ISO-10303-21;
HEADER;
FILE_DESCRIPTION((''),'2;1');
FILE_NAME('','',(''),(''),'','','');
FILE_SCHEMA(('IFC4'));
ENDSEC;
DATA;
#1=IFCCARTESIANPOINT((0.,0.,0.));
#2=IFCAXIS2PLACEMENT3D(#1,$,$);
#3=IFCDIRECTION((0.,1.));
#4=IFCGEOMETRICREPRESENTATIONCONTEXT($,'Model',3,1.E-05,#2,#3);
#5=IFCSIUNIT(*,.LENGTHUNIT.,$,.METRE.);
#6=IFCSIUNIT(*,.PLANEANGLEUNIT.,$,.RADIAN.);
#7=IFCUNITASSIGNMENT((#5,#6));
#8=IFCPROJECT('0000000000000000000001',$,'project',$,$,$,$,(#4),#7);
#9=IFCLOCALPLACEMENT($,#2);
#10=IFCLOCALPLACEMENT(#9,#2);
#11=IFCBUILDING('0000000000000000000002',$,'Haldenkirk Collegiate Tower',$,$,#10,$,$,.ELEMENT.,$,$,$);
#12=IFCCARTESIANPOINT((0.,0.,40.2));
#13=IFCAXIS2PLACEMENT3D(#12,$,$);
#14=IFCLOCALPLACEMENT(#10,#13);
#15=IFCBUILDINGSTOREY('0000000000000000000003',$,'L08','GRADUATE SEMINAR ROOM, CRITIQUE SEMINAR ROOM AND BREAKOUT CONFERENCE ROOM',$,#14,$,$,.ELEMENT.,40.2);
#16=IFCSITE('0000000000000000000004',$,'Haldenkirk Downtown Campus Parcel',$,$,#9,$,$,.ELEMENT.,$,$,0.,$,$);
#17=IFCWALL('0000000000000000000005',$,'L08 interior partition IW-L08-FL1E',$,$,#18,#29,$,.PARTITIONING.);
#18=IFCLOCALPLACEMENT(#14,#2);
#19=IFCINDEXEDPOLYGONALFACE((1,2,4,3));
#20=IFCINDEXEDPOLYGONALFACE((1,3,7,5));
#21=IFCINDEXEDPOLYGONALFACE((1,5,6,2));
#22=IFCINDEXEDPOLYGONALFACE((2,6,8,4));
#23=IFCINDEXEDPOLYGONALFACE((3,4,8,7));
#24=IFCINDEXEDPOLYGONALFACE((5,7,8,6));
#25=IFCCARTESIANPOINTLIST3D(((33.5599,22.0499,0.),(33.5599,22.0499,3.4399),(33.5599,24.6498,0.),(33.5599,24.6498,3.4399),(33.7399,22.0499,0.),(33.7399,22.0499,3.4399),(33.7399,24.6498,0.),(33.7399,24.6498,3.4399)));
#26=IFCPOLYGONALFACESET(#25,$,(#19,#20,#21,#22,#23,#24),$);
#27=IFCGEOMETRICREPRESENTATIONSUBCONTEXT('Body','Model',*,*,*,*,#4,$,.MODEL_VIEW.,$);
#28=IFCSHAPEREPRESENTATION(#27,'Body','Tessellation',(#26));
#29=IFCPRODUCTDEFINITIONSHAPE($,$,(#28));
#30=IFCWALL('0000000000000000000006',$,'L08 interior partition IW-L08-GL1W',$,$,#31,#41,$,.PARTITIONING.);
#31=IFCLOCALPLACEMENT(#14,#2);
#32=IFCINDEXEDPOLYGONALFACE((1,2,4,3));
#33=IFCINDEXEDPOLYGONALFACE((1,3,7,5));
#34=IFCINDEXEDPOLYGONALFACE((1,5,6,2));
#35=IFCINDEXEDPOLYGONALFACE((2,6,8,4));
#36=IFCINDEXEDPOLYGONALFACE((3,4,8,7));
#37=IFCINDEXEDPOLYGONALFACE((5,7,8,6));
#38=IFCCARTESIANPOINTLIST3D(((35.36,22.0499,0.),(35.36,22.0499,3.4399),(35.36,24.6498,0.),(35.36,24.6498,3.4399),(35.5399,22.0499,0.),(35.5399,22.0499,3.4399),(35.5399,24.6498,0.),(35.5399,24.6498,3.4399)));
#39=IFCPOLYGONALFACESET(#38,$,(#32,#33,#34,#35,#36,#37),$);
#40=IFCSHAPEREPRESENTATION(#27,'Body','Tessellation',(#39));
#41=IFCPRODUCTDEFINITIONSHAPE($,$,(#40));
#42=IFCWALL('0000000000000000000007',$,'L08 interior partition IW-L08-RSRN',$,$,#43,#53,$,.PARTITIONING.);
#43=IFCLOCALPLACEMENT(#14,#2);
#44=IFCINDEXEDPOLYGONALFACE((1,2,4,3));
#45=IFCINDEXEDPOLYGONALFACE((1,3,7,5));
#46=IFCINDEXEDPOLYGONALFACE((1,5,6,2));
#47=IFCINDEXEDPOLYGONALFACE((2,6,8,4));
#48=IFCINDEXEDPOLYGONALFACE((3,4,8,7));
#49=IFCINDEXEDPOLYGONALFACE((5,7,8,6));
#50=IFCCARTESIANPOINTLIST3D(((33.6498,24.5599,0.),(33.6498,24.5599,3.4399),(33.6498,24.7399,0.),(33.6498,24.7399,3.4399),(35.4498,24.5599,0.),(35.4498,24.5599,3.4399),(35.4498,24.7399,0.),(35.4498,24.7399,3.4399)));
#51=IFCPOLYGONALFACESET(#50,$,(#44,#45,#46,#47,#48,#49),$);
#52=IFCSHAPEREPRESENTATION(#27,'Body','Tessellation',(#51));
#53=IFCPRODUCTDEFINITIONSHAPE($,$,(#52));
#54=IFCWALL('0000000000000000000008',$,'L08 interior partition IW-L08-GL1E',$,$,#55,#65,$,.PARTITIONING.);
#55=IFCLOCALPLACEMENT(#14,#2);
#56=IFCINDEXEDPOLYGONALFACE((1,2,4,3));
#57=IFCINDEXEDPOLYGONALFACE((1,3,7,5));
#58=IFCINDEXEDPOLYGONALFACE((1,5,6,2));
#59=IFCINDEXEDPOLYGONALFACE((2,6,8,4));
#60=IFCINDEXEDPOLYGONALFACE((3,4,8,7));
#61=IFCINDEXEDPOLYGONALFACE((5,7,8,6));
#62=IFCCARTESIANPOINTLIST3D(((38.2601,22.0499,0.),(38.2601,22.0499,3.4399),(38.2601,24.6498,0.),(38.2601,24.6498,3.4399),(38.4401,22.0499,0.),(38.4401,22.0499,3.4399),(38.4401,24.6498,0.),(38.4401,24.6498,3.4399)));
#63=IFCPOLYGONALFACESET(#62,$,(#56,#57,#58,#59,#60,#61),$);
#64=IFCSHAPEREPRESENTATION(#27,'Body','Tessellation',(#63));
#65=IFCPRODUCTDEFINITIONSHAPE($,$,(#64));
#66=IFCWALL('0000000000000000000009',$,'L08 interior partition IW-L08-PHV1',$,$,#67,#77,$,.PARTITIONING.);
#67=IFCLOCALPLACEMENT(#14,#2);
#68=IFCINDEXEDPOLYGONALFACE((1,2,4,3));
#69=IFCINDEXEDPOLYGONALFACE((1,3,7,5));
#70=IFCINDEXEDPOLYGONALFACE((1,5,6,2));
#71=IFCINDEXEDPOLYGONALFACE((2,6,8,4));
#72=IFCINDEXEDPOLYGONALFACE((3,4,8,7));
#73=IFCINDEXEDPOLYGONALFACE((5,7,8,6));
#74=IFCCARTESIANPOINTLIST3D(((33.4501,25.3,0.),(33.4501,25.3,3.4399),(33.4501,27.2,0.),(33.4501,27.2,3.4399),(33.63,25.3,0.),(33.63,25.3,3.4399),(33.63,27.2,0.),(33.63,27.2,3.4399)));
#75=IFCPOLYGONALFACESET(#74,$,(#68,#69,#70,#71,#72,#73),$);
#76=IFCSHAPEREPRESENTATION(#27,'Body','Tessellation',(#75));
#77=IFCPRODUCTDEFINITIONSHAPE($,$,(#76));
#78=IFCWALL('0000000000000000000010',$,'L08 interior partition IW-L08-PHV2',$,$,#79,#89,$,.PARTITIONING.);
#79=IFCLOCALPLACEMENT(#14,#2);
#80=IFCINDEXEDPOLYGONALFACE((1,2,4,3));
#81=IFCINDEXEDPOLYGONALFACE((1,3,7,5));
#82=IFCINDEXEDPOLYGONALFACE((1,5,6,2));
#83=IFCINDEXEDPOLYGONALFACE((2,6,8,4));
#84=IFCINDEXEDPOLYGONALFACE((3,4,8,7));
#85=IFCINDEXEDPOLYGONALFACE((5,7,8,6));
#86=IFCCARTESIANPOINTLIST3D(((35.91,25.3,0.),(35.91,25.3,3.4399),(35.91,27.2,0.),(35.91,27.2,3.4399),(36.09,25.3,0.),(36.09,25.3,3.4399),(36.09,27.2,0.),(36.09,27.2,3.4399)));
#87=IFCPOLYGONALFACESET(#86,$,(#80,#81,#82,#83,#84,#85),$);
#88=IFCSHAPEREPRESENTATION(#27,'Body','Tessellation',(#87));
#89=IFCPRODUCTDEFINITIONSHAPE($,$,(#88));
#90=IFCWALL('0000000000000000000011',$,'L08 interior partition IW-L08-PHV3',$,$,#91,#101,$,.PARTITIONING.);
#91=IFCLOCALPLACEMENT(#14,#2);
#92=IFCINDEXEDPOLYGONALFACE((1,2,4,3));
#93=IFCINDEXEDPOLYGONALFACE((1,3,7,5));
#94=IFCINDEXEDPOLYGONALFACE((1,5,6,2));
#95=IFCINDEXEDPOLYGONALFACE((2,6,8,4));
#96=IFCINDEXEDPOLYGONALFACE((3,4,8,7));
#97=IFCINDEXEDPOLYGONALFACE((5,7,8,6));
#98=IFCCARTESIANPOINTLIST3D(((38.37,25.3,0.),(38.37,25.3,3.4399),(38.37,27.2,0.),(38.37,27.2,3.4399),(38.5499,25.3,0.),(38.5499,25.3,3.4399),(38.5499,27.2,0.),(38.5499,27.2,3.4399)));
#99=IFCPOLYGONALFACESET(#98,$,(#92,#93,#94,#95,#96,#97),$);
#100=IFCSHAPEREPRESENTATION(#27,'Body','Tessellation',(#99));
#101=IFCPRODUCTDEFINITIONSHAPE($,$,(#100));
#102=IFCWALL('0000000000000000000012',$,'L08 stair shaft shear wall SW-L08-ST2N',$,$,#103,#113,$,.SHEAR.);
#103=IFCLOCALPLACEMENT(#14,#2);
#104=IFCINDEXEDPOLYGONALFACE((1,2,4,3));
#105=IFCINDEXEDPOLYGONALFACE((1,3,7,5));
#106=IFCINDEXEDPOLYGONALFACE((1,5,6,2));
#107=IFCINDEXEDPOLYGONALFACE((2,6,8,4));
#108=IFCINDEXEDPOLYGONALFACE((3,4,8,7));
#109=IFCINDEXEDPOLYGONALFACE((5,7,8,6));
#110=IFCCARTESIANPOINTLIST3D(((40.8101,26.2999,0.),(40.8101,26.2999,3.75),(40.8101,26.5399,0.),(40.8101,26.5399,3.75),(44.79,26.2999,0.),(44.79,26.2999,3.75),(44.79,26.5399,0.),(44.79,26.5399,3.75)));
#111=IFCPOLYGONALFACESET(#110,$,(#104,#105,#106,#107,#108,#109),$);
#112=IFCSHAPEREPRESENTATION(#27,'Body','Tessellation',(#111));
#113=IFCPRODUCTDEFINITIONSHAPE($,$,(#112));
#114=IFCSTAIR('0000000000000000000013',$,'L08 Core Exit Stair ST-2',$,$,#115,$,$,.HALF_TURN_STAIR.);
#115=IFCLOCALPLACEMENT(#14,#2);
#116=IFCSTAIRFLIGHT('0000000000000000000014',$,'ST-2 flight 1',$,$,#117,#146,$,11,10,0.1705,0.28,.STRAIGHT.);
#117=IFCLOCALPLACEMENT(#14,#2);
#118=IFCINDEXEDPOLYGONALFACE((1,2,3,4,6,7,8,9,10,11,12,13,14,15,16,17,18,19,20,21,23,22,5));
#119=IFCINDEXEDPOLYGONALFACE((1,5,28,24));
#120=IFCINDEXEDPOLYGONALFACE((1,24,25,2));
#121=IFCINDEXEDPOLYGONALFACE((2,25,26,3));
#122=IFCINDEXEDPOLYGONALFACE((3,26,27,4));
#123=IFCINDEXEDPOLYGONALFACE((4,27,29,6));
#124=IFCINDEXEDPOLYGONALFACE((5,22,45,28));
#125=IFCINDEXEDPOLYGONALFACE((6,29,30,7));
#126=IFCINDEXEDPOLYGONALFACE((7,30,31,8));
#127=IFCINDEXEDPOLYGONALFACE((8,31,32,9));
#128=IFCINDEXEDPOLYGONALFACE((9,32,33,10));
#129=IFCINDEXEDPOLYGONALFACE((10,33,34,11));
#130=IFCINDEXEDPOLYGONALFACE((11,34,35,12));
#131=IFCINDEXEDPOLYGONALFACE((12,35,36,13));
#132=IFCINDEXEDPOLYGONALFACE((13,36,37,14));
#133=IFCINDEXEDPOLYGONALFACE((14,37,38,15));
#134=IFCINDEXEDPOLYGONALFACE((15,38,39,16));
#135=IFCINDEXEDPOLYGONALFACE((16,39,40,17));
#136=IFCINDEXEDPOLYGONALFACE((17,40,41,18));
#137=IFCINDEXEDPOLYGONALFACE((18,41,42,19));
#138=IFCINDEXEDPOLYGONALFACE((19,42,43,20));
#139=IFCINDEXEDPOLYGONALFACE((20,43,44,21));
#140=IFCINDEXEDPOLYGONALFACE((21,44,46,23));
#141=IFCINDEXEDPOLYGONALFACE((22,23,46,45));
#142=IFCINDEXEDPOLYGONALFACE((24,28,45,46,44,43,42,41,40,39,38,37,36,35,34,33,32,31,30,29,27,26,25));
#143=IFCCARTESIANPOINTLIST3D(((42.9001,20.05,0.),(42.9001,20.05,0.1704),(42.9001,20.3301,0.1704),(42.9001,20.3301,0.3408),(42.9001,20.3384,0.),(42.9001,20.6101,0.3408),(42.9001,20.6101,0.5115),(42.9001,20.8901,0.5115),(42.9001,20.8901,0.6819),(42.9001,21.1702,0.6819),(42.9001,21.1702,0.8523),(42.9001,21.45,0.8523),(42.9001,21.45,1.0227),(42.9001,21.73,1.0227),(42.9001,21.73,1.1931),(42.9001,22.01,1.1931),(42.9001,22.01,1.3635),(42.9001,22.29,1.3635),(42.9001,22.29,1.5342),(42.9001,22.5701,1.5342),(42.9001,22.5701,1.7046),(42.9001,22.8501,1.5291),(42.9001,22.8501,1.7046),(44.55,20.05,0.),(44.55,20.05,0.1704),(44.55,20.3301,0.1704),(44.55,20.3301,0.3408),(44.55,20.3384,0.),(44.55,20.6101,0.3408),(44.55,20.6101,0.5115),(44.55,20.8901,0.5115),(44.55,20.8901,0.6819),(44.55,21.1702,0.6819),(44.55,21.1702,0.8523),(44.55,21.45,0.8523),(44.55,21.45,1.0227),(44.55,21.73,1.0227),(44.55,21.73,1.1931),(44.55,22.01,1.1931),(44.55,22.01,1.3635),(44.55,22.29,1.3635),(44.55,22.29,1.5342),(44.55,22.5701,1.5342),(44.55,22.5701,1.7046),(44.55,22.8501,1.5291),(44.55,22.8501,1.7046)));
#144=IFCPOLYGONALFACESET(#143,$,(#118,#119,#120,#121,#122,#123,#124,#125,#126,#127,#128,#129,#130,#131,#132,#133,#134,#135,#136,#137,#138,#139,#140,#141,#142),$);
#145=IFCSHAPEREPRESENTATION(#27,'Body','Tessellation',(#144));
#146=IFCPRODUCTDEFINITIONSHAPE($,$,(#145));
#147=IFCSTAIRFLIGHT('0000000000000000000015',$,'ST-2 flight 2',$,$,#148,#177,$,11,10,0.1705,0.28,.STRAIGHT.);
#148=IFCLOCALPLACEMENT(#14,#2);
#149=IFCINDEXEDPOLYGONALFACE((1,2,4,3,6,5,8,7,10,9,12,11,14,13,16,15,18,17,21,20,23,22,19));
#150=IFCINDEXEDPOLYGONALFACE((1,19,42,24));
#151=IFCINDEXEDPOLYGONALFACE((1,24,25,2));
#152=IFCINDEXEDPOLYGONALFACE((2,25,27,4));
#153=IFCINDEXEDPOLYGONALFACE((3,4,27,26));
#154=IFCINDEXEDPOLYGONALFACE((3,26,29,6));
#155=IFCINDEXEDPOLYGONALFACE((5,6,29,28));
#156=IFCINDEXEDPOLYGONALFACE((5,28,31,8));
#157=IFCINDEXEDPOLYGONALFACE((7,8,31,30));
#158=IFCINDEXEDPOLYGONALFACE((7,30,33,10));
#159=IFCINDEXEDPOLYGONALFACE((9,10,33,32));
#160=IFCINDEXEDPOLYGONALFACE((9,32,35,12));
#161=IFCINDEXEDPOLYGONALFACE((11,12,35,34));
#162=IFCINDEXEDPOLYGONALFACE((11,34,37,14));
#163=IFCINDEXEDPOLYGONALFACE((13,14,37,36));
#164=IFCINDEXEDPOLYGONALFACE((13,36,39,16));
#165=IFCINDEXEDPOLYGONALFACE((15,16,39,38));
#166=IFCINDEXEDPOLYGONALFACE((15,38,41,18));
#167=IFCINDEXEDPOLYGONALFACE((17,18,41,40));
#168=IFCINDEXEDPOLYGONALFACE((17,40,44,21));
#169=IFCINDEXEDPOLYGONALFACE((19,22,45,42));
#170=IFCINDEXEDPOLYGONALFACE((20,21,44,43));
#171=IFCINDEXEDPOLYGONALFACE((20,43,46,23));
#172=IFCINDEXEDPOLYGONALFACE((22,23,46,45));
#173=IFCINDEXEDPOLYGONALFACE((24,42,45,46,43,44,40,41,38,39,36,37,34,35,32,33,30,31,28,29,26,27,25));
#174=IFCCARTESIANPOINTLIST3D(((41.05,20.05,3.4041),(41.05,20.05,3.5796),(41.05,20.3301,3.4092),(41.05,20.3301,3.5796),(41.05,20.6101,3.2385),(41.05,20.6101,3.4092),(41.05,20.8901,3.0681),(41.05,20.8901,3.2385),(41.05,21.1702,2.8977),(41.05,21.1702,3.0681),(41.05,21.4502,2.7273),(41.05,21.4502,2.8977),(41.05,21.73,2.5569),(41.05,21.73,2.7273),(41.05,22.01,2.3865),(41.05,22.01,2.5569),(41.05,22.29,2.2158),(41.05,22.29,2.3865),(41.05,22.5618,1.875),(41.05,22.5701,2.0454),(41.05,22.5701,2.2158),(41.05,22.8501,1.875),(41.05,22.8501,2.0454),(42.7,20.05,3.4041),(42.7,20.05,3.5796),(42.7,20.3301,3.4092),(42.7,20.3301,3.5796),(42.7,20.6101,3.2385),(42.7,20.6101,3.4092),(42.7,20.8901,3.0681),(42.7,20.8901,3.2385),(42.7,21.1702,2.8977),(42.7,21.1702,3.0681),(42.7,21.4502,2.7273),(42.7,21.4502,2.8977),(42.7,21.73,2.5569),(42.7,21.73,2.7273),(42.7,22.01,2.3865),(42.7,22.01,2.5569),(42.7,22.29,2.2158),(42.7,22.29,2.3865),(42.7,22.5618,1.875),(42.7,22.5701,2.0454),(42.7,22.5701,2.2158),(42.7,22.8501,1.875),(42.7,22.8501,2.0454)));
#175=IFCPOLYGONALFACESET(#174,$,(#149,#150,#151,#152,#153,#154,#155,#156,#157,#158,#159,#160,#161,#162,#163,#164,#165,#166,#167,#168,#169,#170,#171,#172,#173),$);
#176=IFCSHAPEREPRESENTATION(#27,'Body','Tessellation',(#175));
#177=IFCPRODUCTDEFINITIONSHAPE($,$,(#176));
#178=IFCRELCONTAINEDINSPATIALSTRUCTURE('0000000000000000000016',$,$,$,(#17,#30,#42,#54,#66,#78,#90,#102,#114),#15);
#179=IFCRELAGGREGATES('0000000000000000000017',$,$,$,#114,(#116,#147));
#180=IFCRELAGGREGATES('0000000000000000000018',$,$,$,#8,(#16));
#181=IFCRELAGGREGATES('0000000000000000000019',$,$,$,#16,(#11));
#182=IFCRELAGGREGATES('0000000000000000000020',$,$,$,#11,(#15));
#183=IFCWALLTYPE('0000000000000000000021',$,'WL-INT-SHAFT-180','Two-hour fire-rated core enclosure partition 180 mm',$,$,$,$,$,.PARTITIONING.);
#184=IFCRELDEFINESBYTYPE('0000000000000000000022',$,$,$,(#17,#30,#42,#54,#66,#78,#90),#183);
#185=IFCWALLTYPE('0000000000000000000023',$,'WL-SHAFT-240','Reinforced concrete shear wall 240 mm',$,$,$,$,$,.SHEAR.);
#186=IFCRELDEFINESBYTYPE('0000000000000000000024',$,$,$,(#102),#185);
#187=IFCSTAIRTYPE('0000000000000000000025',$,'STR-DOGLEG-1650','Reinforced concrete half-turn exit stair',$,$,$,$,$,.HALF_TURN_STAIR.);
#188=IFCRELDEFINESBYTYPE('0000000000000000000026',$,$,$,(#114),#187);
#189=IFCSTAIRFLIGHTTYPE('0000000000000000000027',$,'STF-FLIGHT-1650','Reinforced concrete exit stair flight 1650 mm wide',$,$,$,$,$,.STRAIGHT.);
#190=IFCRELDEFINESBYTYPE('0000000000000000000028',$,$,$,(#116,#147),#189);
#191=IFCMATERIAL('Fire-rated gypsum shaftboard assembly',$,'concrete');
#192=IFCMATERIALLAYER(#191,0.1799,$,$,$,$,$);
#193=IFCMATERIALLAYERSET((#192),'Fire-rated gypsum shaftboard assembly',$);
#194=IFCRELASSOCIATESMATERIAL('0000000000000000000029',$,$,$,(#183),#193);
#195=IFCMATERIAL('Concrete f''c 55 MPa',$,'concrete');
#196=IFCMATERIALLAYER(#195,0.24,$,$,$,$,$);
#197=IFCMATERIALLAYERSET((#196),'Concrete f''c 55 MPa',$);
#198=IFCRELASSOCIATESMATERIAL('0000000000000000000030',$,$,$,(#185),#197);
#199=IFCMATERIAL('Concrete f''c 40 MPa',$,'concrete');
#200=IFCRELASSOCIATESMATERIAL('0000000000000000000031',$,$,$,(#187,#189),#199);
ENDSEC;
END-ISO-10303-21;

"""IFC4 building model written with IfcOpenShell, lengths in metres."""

from ifc_helpers import new_model, si_unit, direction, frame, frame_2d, origin, place, context, subcontext, project, spatial, polyline, rectangle, outline, extrude, material, layer, layer_set, type_object, element, aggregate, save


model = new_model("IFC4")

# Units and contexts
model_context = context("Model", 3, precision=1e-05, world=origin(), true_north=direction((0.0, 1.0)))
body_context = subcontext(model_context, "Body", "Model", "MODEL_VIEW")
ifc_project = project(units=[si_unit("LENGTHUNIT", "METRE"), si_unit("PLANEANGLEUNIT", "RADIAN")], contexts=[model_context])

# Site, building, storey
site_placement = place(None, origin())
site = spatial("IfcSite", under=ifc_project, at=site_placement, Name="Haldenkirk Downtown Campus Parcel", CompositionType="ELEMENT", RefElevation=0.0)
building_placement = place(site_placement, origin())
building = spatial("IfcBuilding", under=site, at=building_placement, Name="Haldenkirk Collegiate Tower", CompositionType="ELEMENT")
storey_placement = place(building_placement, frame((0.0, 0.0, 40.2)))
storey = spatial("IfcBuildingStorey", under=building, at=storey_placement, Name="L08", Description="GRADUATE SEMINAR ROOM, CRITIQUE SEMINAR ROOM AND BREAKOUT CONFERENCE ROOM", CompositionType="ELEMENT", Elevation=40.2)

# Walls
ifc_material_1 = material(Name="Fire-rated gypsum shaftboard assembly", Category="concrete")
ifc_layer_1 = layer(ifc_material_1, 0.1799)
ifc_layer_set_1 = layer_set([ifc_layer_1], Name="Fire-rated gypsum shaftboard assembly")
wall_type_1 = type_object("IfcWallType", Name="WL-INT-SHAFT-180", Description="Two-hour fire-rated core enclosure partition 180 mm", PredefinedType="PARTITIONING", material=ifc_layer_set_1)
for number, where, z_axis, x_axis, name in (
    (1, (33.6499, 22.05, 0.0), (0.0, 0.0, 1.0), (0.0, 1.0, 0.0), "L08 interior partition IW-L08-FL1E"),
    (2, (35.45, 22.05, 0.0), (0.0, 0.0, 1.0), (0.0, 1.0, 0.0), "L08 interior partition IW-L08-GL1W"),
):
    element("IfcWall", number, at=place(storey_placement, frame(where, z_axis=z_axis, x_axis=x_axis)), inside=storey, type_object=wall_type_1, Name=name, PredefinedType="PARTITIONING", context=body_context, shape_type="SweptSolid", body=[
        extrude(rectangle(XDim=2.5999, YDim=0.1799, at=frame_2d((1.2998, 0.0))), origin(), (0.0, 0.0, 1.0), 3.4399),
    ])
wall_1_placement = place(storey_placement, frame((33.6499, 24.6499, 0.0), z_axis=(0.0, 0.0, 1.0), x_axis=(1.0, 0.0, 0.0)))
element("IfcWall", 3, at=wall_1_placement, inside=storey, type_object=wall_type_1, Name="L08 interior partition IW-L08-RSRN", PredefinedType="PARTITIONING", context=body_context, shape_type="SweptSolid", body=[
    extrude(rectangle(XDim=1.8, YDim=0.1799, at=frame_2d((0.8999, 0.0))), origin(), (0.0, 0.0, 1.0), 3.4399),
])
wall_2_placement = place(storey_placement, frame((38.3501, 22.05, 0.0), z_axis=(0.0, 0.0, 1.0), x_axis=(0.0, 1.0, 0.0)))
element("IfcWall", 4, at=wall_2_placement, inside=storey, type_object=wall_type_1, Name="L08 interior partition IW-L08-GL1E", PredefinedType="PARTITIONING", context=body_context, shape_type="SweptSolid", body=[
    extrude(rectangle(XDim=2.5999, YDim=0.1799, at=frame_2d((1.2998, 0.0))), origin(), (0.0, 0.0, 1.0), 3.4399),
])
for number, where, z_axis, x_axis, name in (
    (5, (33.54, 25.3, 0.0), (0.0, 0.0, 1.0), (0.0, 1.0, 0.0), "L08 interior partition IW-L08-PHV1"),
    (6, (36.0, 25.3, 0.0), (0.0, 0.0, 1.0), (0.0, 1.0, 0.0), "L08 interior partition IW-L08-PHV2"),
    (7, (38.46, 25.3, 0.0), (0.0, 0.0, 1.0), (0.0, 1.0, 0.0), "L08 interior partition IW-L08-PHV3"),
):
    element("IfcWall", number, at=place(storey_placement, frame(where, z_axis=z_axis, x_axis=x_axis)), inside=storey, type_object=wall_type_1, Name=name, PredefinedType="PARTITIONING", context=body_context, shape_type="SweptSolid", body=[
        extrude(rectangle(XDim=1.8999, YDim=0.1799, at=frame_2d((0.95, 0.0))), origin(), (0.0, 0.0, 1.0), 3.4399),
    ])

# Wall
ifc_material_2 = material(Name="Concrete f'c 55 MPa", Category="concrete")
ifc_layer_2 = layer(ifc_material_2, 0.24)
ifc_layer_set_2 = layer_set([ifc_layer_2], Name="Concrete f'c 55 MPa")
wall_type_2 = type_object("IfcWallType", Name="WL-SHAFT-240", Description="Reinforced concrete shear wall 240 mm", PredefinedType="SHEAR", material=ifc_layer_set_2)
wall_3_placement = place(storey_placement, frame((40.8101, 26.4199, 0.0), z_axis=(0.0, 0.0, 1.0), x_axis=(1.0, 0.0, 0.0)))
element("IfcWall", 8, at=wall_3_placement, inside=storey, type_object=wall_type_2, Name="L08 stair shaft shear wall SW-L08-ST2N", PredefinedType="SHEAR", context=body_context, shape_type="SweptSolid", body=[
    extrude(rectangle(XDim=3.98, YDim=0.24, at=frame_2d((1.99, 0.0))), origin(), (0.0, 0.0, 1.0), 3.75),
])

# Stair, stair flights
ifc_material_3 = material(Name="Concrete f'c 40 MPa", Category="concrete")
stair_type = type_object("IfcStairType", Name="STR-DOGLEG-1650", Description="Reinforced concrete half-turn exit stair", PredefinedType="HALF_TURN_STAIR", material=ifc_material_3)
stair_placement = place(storey_placement, origin())
stair = element("IfcStair", 9, at=stair_placement, inside=storey, type_object=stair_type, Name="L08 Core Exit Stair ST-2", PredefinedType="HALF_TURN_STAIR")
stair_flight_type = type_object("IfcStairFlightType", Name="STF-FLIGHT-1650", Description="Reinforced concrete exit stair flight 1650 mm wide", PredefinedType="STRAIGHT", material=ifc_material_3)
stair_flight_1_placement = place(storey_placement, frame((43.7251, 20.05, 0.0), z_axis=(0.0, 0.0, 1.0), x_axis=(0.0, 1.0, 0.0)))
stair_flight_1 = element("IfcStairFlight", 10, at=stair_flight_1_placement, type_object=stair_flight_type, Name="ST-2 flight 1", NumberOfRisers=11, NumberOfTreads=10, PredefinedType="STRAIGHT", RiserHeight=0.1705, TreadLength=0.28, context=body_context, shape_type="SweptSolid", body=[
    extrude(outline(polyline([(0.0, 0.0), (0.0, 0.1704), (0.28, 0.1704), (0.28, 0.3408), (0.5601, 0.3408), (0.5601, 0.5115), (0.8401, 0.5115), (0.8401, 0.6819), (1.1201, 0.6819), (1.1201, 0.8523), (1.3999, 0.8523), (1.3999, 1.0227), (1.6799, 1.0227), (1.6799, 1.1931), (1.96, 1.1931), (1.96, 1.3635), (2.24, 1.3635), (2.24, 1.5342), (2.52, 1.5342), (2.52, 1.7046), (2.8, 1.7046), (2.8, 1.875), (2.8, 1.5291), (0.2883, 0.0), (0.0, 0.0)])), frame((0.0, 0.825, 0.0), z_axis=(0.0, -1.0, 0.0), x_axis=(1.0, 0.0, 0.0)), (0.0, 0.0, 1.0), 1.6499),
])
stair_flight_2_placement = place(storey_placement, frame((41.875, 22.8501, 1.875), z_axis=(0.0, 0.0, 1.0), x_axis=(0.0, -1.0, 0.0)))
stair_flight_2 = element("IfcStairFlight", 11, at=stair_flight_2_placement, type_object=stair_flight_type, Name="ST-2 flight 2", NumberOfRisers=11, NumberOfTreads=10, PredefinedType="STRAIGHT", RiserHeight=0.1705, TreadLength=0.28, context=body_context, shape_type="SweptSolid", body=[
    extrude(outline(polyline([(0.0, 0.0), (0.0, 0.1704), (0.28, 0.1704), (0.28, 0.3408), (0.5601, 0.3408), (0.5601, 0.5115), (0.8401, 0.5115), (0.8401, 0.6819), (1.1201, 0.6819), (1.1201, 0.8523), (1.3999, 0.8523), (1.3999, 1.0227), (1.6799, 1.0227), (1.6799, 1.1931), (1.96, 1.1931), (1.96, 1.3635), (2.24, 1.3635), (2.24, 1.5342), (2.52, 1.5342), (2.52, 1.7046), (2.8, 1.7046), (2.8, 1.875), (2.8, 1.5291), (0.2883, 0.0), (0.0, 0.0)])), frame((0.0, 0.825, 0.0), z_axis=(0.0, -1.0, 0.0), x_axis=(1.0, 0.0, 0.0)), (0.0, 0.0, 1.0), 1.6499),
])
aggregate(stair, [stair_flight_1, stair_flight_2])

save(model, "model.ifc")
